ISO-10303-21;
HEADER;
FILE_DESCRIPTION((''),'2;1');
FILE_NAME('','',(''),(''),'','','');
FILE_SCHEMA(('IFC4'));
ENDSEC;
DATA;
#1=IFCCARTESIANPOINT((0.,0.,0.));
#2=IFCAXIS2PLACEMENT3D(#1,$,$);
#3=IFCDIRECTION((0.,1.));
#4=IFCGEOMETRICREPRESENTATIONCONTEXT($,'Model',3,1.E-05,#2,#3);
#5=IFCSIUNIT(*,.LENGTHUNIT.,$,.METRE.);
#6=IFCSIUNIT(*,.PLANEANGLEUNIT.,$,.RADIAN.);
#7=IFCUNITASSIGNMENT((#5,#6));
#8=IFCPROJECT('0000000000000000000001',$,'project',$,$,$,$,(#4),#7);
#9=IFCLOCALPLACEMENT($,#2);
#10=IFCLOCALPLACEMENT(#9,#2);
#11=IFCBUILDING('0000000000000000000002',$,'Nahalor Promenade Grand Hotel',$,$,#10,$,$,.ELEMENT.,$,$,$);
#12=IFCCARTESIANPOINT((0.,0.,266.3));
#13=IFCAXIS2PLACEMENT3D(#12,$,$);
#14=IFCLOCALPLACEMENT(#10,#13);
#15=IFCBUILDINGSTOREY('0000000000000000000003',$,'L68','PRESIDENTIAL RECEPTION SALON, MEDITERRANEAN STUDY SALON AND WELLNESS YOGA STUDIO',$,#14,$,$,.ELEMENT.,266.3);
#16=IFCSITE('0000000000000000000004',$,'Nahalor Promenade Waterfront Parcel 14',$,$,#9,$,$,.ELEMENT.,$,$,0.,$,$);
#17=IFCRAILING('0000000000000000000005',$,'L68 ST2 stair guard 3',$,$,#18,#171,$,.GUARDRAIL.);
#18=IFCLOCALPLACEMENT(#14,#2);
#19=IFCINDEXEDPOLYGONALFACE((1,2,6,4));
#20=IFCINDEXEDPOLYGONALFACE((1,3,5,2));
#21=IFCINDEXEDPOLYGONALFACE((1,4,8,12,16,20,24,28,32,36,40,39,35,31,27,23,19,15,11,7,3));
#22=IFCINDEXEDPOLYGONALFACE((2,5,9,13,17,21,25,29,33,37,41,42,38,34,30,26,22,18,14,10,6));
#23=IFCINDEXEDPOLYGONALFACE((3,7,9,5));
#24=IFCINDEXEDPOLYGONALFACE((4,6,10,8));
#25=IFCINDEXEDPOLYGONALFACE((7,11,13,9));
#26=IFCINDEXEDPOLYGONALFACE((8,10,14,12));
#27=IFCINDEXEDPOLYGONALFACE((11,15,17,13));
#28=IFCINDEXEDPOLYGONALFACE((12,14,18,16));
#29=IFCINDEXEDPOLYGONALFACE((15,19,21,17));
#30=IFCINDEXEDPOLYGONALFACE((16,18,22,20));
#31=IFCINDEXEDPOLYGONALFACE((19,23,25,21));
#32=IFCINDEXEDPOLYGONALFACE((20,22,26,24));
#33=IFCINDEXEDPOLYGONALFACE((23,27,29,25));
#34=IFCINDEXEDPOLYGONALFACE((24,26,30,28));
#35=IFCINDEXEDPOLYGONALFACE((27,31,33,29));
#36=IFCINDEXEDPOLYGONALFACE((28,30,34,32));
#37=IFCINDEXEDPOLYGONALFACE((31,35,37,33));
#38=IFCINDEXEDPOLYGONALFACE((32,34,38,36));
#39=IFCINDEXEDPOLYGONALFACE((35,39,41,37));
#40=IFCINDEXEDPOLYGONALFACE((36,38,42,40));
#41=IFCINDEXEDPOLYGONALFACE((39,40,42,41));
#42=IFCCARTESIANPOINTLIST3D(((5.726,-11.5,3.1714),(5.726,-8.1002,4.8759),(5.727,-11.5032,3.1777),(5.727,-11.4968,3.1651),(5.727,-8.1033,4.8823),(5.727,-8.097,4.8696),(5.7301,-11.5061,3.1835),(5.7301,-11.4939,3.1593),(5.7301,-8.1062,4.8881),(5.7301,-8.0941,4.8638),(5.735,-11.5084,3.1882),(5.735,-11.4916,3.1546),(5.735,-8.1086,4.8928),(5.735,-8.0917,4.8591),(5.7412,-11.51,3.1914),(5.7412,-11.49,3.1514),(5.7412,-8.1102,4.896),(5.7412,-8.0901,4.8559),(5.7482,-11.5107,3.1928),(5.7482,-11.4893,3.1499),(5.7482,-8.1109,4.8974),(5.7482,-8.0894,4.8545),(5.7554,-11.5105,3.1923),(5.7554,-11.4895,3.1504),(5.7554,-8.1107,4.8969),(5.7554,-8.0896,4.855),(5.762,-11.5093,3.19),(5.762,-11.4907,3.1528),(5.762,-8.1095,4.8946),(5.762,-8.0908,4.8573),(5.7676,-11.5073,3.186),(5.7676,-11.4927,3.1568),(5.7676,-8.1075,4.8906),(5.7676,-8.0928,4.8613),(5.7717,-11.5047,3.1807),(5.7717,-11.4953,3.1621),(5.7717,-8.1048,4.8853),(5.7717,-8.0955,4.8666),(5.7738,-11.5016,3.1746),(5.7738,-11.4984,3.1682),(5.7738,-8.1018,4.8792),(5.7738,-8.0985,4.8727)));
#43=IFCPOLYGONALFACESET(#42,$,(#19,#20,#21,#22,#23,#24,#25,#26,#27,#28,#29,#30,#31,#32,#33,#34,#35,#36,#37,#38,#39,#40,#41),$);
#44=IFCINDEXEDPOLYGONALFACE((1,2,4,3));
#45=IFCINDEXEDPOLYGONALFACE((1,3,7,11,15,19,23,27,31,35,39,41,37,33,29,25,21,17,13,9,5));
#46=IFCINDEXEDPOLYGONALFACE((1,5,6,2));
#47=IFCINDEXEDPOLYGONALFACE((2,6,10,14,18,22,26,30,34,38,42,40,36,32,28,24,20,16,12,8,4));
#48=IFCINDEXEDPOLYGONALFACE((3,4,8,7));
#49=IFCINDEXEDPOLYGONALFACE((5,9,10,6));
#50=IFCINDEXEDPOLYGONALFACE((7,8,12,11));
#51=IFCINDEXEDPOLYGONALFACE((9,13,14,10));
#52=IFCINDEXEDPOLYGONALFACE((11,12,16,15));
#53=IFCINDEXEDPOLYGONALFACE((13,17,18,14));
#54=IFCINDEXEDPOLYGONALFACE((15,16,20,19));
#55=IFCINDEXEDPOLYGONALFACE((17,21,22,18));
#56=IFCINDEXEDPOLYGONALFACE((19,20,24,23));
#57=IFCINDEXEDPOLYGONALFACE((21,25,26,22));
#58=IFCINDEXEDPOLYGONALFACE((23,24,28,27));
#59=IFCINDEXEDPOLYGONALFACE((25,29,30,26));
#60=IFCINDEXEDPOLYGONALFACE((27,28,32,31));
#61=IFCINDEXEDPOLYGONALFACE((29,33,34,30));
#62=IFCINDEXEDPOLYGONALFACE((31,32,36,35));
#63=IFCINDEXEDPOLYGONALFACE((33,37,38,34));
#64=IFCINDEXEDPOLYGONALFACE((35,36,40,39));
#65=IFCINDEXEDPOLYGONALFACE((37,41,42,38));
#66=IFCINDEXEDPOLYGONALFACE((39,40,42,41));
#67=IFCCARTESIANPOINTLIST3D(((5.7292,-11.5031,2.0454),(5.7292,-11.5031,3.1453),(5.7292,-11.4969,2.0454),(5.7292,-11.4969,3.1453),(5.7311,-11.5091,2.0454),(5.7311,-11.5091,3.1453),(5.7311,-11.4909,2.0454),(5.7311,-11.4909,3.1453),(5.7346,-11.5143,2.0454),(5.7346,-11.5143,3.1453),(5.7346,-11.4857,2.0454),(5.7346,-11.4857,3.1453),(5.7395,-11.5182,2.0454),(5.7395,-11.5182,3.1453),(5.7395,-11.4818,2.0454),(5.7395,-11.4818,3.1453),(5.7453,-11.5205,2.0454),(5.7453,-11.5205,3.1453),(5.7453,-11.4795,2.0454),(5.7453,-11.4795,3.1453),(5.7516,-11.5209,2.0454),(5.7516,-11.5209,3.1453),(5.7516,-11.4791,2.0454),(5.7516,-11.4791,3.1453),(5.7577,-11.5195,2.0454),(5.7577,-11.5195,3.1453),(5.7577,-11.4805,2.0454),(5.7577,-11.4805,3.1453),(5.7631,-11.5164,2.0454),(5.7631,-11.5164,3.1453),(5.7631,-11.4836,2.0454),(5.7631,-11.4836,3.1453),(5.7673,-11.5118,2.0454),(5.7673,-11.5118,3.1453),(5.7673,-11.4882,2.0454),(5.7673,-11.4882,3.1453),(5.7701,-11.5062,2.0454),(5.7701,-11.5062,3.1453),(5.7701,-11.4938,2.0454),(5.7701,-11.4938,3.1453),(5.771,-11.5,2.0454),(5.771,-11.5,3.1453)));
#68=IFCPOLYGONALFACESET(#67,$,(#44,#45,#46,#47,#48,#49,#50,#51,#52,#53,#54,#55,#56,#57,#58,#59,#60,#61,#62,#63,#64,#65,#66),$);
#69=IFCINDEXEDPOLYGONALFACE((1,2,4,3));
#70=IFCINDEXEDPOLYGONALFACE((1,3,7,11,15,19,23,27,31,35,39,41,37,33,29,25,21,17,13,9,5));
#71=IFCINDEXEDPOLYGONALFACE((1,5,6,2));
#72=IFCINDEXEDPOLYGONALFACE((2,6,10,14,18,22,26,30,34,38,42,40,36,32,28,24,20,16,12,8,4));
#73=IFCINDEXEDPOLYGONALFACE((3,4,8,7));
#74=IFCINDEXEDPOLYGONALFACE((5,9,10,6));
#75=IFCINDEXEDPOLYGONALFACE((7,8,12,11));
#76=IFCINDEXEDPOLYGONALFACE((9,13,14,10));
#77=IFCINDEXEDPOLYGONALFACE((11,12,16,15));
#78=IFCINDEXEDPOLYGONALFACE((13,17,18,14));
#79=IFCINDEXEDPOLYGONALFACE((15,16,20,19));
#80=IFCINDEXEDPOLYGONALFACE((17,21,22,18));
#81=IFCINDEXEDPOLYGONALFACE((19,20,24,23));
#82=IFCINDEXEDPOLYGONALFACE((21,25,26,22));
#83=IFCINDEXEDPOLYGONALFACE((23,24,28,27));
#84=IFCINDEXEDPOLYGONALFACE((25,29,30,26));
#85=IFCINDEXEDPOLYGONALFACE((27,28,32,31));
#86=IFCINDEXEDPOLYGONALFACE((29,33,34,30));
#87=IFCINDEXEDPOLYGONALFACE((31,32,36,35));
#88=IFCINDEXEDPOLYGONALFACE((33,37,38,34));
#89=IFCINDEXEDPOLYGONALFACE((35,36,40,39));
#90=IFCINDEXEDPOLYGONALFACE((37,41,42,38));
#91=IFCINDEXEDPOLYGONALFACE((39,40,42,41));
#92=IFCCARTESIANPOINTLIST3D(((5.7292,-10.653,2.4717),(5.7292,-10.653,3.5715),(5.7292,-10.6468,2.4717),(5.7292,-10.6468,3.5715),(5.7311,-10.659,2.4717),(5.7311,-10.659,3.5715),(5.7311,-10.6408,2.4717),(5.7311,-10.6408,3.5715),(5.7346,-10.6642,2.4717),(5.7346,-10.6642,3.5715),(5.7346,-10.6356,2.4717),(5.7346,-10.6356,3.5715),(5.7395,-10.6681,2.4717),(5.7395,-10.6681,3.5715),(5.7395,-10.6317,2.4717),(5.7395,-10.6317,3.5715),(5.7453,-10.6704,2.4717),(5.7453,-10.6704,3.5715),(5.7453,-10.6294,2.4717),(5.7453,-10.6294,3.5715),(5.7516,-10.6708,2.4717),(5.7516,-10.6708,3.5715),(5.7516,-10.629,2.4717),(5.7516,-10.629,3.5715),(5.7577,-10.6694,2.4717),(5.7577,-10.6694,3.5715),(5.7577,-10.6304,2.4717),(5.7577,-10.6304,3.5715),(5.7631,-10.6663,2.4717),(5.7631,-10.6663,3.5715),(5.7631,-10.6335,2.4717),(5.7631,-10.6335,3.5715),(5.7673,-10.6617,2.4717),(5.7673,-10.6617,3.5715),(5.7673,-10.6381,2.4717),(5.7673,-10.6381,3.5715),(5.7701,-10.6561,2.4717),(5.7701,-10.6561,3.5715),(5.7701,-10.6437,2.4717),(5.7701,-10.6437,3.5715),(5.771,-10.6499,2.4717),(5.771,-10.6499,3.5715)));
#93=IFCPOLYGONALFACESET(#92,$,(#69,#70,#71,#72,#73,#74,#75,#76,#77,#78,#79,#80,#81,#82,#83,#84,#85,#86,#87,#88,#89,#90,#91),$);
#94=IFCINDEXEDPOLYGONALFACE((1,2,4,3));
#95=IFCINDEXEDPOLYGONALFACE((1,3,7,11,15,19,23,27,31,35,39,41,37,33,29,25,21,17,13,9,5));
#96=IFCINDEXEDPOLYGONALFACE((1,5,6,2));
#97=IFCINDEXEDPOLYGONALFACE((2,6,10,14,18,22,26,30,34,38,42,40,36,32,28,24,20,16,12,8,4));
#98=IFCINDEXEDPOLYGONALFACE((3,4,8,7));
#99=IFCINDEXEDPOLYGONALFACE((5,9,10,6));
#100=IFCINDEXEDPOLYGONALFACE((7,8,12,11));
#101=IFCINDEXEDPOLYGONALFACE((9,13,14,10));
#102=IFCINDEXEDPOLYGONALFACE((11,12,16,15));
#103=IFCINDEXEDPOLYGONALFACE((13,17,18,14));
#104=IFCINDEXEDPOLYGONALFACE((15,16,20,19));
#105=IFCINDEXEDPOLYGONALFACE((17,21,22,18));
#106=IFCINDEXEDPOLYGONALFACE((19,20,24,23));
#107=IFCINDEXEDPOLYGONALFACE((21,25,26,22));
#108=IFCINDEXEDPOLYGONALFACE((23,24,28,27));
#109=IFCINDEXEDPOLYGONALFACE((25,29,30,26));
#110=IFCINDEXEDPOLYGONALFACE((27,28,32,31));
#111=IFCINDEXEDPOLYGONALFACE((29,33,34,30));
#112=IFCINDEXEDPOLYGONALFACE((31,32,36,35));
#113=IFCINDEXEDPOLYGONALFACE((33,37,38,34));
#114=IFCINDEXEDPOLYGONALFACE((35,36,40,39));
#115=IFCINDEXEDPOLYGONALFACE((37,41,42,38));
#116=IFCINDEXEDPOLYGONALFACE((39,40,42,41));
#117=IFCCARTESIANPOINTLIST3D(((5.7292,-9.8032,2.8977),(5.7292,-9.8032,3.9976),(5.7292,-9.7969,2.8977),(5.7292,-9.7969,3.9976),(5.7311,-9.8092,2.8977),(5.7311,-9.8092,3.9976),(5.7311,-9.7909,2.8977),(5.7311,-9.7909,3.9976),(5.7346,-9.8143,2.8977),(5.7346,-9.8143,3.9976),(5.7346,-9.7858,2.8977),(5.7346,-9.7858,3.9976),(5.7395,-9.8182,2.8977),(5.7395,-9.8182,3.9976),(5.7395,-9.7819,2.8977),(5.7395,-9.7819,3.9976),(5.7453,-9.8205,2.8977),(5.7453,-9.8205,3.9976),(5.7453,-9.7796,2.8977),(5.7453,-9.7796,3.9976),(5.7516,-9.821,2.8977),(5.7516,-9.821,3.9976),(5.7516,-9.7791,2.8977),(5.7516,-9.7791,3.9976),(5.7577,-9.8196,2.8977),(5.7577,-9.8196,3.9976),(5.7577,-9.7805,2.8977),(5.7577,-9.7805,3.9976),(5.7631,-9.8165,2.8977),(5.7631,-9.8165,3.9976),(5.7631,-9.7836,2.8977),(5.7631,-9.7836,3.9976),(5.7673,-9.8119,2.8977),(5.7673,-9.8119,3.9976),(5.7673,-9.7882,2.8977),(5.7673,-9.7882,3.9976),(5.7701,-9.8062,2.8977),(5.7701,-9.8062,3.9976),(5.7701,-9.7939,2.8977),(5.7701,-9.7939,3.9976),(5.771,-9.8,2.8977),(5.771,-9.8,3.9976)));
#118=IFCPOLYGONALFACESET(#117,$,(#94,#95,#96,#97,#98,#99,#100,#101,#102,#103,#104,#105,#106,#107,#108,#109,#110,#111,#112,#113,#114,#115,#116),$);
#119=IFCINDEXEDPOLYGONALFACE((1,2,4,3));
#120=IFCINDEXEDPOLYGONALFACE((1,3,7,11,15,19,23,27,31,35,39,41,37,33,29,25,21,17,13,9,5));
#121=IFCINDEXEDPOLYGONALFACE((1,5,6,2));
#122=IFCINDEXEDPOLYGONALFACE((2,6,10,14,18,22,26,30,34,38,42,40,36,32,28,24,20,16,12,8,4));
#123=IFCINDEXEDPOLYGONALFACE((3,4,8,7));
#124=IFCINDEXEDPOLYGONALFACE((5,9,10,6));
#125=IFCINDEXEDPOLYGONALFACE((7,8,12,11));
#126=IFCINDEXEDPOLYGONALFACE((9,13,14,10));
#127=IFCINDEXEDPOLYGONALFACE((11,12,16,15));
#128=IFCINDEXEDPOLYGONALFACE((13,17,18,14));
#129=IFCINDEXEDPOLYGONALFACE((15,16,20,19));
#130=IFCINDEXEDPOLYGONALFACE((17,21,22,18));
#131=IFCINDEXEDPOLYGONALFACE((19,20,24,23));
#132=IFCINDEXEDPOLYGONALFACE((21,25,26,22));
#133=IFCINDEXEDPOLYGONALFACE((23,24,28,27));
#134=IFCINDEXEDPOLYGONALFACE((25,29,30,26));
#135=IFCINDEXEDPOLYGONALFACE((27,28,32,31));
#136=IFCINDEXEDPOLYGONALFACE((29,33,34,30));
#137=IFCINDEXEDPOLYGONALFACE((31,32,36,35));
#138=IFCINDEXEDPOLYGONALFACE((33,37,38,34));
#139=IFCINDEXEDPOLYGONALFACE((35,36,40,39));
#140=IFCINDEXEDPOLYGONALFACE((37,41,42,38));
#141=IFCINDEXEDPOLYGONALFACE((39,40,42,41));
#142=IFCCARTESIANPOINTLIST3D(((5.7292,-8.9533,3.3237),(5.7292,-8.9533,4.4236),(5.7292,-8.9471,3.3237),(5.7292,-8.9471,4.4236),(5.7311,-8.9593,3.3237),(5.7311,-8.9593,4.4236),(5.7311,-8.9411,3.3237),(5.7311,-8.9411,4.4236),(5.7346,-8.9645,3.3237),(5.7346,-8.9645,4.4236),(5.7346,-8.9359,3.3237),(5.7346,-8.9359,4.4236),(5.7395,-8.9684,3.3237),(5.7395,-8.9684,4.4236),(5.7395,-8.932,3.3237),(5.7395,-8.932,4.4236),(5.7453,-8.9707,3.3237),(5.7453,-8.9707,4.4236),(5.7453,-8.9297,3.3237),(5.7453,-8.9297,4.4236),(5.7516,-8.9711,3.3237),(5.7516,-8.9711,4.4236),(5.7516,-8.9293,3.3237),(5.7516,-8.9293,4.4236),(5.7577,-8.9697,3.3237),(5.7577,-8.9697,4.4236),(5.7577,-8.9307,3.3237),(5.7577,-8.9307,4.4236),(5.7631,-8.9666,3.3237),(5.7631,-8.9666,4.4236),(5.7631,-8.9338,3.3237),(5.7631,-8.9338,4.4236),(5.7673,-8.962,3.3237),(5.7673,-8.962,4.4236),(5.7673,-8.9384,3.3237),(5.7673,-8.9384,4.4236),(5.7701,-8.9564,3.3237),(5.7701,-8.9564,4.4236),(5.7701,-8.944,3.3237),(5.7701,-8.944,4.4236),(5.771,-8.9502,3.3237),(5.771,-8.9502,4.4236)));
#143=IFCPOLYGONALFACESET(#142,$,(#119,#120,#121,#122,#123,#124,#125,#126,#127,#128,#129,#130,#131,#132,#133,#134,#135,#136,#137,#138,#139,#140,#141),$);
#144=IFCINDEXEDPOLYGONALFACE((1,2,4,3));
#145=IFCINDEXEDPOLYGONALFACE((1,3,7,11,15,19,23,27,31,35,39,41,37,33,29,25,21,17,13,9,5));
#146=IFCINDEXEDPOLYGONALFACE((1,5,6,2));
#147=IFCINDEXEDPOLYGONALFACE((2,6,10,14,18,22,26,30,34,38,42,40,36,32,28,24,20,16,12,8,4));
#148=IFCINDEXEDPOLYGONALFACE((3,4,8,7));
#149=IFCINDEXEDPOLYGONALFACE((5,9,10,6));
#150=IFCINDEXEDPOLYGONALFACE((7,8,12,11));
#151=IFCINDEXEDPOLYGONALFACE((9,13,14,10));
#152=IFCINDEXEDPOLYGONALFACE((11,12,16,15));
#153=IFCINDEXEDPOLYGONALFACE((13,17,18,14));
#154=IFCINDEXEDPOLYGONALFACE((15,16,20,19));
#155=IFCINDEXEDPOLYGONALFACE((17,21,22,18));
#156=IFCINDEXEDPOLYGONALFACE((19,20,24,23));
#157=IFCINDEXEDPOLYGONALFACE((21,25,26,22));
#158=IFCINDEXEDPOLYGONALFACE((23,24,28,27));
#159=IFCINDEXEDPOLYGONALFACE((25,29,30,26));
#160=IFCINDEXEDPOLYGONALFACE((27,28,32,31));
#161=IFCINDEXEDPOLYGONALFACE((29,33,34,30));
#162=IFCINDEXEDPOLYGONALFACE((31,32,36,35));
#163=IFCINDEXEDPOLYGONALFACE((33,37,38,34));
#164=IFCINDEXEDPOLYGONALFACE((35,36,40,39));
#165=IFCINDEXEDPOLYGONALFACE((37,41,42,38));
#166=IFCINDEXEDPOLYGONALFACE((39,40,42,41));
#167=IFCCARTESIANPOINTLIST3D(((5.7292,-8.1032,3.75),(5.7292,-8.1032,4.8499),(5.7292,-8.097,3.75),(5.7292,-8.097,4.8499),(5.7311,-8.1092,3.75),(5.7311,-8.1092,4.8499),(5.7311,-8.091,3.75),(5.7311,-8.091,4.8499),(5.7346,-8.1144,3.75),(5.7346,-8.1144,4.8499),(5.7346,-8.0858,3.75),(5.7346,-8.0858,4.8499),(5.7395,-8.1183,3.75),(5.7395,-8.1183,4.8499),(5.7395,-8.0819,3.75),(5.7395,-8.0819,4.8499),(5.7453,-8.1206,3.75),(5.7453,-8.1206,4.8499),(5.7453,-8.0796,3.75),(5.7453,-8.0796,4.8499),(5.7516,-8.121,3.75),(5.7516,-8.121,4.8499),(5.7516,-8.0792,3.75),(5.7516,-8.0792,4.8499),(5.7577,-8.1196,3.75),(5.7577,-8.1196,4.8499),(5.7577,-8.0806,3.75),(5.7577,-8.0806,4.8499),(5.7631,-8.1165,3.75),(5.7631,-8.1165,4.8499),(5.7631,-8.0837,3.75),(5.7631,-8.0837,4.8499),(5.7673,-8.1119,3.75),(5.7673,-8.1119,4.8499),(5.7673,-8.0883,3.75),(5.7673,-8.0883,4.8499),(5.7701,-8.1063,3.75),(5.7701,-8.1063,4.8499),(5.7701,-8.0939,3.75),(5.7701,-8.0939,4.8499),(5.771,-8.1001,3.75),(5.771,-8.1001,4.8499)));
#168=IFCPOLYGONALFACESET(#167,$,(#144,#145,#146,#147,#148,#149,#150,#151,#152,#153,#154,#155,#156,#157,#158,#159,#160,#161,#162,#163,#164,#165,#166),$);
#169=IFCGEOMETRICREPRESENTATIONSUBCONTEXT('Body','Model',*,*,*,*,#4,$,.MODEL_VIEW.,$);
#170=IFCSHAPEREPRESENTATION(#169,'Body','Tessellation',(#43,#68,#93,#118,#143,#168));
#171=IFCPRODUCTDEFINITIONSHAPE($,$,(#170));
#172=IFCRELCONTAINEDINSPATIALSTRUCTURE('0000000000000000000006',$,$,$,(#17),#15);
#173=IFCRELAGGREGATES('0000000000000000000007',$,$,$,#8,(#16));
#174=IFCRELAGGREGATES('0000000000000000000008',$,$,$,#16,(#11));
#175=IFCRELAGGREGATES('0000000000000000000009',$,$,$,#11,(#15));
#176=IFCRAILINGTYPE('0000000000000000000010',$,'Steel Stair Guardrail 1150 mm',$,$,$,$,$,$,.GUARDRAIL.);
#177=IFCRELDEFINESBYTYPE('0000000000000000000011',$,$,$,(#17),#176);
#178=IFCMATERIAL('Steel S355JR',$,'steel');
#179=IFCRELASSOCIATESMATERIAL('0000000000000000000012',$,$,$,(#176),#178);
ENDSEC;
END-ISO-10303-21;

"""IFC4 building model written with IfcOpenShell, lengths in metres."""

from ifc_helpers import new_model, si_unit, direction, frame, origin, origin_2d, place, context, subcontext, project, spatial, circle, extrude, material, type_object, element, save


model = new_model("IFC4")

# Units and contexts
model_context = context("Model", 3, precision=1e-05, world=origin(), true_north=direction((0.0, 1.0)))
body_context = subcontext(model_context, "Body", "Model", "MODEL_VIEW")
ifc_project = project(units=[si_unit("LENGTHUNIT", "METRE"), si_unit("PLANEANGLEUNIT", "RADIAN")], contexts=[model_context])

# Site, building, storey
site_placement = place(None, origin())
site = spatial("IfcSite", under=ifc_project, at=site_placement, Name="Nahalor Promenade Waterfront Parcel 14", CompositionType="ELEMENT", RefElevation=0.0)
building_placement = place(site_placement, origin())
building = spatial("IfcBuilding", under=site, at=building_placement, Name="Nahalor Promenade Grand Hotel", CompositionType="ELEMENT")
storey_placement = place(building_placement, frame((0.0, 0.0, 266.3)))
storey = spatial("IfcBuildingStorey", under=building, at=storey_placement, Name="L68", Description="PRESIDENTIAL RECEPTION SALON, MEDITERRANEAN STUDY SALON AND WELLNESS YOGA STUDIO", CompositionType="ELEMENT", Elevation=266.3)

# Shared definitions
ifc_material_1 = material(Name="Steel S355JR", Category="steel")

# Railing
railing_type_1 = type_object("IfcRailingType", Name="Steel Stair Guardrail 1150 mm", PredefinedType="GUARDRAIL", material=ifc_material_1)
railing_1_placement = place(storey_placement, frame((5.75, -11.5, 2.0454)))
element("IfcRailing", 1, at=railing_1_placement, inside=storey, type_object=railing_type_1, Name="L68 ST2 stair guard 3", PredefinedType="GUARDRAIL", context=body_context, shape_type="SweptSolid", body=[
    extrude(circle(Radius=0.024, at=origin_2d()), frame((0.0, 0.0, 1.126), z_axis=(0.0, 0.893939, 0.448189), x_axis=(-1.0, 0.0, 0.0)), (0.0, 0.0, 1.0), 3.8032),
    extrude(circle(Radius=0.021, at=origin_2d()), origin(), (0.0, 0.0, 1.0), 1.0999),
    extrude(circle(Radius=0.021, at=origin_2d()), frame((0.0, 0.8501, 0.4263)), (0.0, 0.0, 1.0), 1.0999),
    extrude(circle(Radius=0.021, at=origin_2d()), frame((0.0, 1.7, 0.8523)), (0.0, 0.0, 1.0), 1.0999),
    extrude(circle(Radius=0.021, at=origin_2d()), frame((0.0, 2.5498, 1.2783)), (0.0, 0.0, 1.0), 1.0999),
    extrude(circle(Radius=0.021, at=origin_2d()), frame((0.0, 3.3999, 1.7046)), (0.0, 0.0, 1.0), 1.0999),
])

save(model, "model.ifc")
